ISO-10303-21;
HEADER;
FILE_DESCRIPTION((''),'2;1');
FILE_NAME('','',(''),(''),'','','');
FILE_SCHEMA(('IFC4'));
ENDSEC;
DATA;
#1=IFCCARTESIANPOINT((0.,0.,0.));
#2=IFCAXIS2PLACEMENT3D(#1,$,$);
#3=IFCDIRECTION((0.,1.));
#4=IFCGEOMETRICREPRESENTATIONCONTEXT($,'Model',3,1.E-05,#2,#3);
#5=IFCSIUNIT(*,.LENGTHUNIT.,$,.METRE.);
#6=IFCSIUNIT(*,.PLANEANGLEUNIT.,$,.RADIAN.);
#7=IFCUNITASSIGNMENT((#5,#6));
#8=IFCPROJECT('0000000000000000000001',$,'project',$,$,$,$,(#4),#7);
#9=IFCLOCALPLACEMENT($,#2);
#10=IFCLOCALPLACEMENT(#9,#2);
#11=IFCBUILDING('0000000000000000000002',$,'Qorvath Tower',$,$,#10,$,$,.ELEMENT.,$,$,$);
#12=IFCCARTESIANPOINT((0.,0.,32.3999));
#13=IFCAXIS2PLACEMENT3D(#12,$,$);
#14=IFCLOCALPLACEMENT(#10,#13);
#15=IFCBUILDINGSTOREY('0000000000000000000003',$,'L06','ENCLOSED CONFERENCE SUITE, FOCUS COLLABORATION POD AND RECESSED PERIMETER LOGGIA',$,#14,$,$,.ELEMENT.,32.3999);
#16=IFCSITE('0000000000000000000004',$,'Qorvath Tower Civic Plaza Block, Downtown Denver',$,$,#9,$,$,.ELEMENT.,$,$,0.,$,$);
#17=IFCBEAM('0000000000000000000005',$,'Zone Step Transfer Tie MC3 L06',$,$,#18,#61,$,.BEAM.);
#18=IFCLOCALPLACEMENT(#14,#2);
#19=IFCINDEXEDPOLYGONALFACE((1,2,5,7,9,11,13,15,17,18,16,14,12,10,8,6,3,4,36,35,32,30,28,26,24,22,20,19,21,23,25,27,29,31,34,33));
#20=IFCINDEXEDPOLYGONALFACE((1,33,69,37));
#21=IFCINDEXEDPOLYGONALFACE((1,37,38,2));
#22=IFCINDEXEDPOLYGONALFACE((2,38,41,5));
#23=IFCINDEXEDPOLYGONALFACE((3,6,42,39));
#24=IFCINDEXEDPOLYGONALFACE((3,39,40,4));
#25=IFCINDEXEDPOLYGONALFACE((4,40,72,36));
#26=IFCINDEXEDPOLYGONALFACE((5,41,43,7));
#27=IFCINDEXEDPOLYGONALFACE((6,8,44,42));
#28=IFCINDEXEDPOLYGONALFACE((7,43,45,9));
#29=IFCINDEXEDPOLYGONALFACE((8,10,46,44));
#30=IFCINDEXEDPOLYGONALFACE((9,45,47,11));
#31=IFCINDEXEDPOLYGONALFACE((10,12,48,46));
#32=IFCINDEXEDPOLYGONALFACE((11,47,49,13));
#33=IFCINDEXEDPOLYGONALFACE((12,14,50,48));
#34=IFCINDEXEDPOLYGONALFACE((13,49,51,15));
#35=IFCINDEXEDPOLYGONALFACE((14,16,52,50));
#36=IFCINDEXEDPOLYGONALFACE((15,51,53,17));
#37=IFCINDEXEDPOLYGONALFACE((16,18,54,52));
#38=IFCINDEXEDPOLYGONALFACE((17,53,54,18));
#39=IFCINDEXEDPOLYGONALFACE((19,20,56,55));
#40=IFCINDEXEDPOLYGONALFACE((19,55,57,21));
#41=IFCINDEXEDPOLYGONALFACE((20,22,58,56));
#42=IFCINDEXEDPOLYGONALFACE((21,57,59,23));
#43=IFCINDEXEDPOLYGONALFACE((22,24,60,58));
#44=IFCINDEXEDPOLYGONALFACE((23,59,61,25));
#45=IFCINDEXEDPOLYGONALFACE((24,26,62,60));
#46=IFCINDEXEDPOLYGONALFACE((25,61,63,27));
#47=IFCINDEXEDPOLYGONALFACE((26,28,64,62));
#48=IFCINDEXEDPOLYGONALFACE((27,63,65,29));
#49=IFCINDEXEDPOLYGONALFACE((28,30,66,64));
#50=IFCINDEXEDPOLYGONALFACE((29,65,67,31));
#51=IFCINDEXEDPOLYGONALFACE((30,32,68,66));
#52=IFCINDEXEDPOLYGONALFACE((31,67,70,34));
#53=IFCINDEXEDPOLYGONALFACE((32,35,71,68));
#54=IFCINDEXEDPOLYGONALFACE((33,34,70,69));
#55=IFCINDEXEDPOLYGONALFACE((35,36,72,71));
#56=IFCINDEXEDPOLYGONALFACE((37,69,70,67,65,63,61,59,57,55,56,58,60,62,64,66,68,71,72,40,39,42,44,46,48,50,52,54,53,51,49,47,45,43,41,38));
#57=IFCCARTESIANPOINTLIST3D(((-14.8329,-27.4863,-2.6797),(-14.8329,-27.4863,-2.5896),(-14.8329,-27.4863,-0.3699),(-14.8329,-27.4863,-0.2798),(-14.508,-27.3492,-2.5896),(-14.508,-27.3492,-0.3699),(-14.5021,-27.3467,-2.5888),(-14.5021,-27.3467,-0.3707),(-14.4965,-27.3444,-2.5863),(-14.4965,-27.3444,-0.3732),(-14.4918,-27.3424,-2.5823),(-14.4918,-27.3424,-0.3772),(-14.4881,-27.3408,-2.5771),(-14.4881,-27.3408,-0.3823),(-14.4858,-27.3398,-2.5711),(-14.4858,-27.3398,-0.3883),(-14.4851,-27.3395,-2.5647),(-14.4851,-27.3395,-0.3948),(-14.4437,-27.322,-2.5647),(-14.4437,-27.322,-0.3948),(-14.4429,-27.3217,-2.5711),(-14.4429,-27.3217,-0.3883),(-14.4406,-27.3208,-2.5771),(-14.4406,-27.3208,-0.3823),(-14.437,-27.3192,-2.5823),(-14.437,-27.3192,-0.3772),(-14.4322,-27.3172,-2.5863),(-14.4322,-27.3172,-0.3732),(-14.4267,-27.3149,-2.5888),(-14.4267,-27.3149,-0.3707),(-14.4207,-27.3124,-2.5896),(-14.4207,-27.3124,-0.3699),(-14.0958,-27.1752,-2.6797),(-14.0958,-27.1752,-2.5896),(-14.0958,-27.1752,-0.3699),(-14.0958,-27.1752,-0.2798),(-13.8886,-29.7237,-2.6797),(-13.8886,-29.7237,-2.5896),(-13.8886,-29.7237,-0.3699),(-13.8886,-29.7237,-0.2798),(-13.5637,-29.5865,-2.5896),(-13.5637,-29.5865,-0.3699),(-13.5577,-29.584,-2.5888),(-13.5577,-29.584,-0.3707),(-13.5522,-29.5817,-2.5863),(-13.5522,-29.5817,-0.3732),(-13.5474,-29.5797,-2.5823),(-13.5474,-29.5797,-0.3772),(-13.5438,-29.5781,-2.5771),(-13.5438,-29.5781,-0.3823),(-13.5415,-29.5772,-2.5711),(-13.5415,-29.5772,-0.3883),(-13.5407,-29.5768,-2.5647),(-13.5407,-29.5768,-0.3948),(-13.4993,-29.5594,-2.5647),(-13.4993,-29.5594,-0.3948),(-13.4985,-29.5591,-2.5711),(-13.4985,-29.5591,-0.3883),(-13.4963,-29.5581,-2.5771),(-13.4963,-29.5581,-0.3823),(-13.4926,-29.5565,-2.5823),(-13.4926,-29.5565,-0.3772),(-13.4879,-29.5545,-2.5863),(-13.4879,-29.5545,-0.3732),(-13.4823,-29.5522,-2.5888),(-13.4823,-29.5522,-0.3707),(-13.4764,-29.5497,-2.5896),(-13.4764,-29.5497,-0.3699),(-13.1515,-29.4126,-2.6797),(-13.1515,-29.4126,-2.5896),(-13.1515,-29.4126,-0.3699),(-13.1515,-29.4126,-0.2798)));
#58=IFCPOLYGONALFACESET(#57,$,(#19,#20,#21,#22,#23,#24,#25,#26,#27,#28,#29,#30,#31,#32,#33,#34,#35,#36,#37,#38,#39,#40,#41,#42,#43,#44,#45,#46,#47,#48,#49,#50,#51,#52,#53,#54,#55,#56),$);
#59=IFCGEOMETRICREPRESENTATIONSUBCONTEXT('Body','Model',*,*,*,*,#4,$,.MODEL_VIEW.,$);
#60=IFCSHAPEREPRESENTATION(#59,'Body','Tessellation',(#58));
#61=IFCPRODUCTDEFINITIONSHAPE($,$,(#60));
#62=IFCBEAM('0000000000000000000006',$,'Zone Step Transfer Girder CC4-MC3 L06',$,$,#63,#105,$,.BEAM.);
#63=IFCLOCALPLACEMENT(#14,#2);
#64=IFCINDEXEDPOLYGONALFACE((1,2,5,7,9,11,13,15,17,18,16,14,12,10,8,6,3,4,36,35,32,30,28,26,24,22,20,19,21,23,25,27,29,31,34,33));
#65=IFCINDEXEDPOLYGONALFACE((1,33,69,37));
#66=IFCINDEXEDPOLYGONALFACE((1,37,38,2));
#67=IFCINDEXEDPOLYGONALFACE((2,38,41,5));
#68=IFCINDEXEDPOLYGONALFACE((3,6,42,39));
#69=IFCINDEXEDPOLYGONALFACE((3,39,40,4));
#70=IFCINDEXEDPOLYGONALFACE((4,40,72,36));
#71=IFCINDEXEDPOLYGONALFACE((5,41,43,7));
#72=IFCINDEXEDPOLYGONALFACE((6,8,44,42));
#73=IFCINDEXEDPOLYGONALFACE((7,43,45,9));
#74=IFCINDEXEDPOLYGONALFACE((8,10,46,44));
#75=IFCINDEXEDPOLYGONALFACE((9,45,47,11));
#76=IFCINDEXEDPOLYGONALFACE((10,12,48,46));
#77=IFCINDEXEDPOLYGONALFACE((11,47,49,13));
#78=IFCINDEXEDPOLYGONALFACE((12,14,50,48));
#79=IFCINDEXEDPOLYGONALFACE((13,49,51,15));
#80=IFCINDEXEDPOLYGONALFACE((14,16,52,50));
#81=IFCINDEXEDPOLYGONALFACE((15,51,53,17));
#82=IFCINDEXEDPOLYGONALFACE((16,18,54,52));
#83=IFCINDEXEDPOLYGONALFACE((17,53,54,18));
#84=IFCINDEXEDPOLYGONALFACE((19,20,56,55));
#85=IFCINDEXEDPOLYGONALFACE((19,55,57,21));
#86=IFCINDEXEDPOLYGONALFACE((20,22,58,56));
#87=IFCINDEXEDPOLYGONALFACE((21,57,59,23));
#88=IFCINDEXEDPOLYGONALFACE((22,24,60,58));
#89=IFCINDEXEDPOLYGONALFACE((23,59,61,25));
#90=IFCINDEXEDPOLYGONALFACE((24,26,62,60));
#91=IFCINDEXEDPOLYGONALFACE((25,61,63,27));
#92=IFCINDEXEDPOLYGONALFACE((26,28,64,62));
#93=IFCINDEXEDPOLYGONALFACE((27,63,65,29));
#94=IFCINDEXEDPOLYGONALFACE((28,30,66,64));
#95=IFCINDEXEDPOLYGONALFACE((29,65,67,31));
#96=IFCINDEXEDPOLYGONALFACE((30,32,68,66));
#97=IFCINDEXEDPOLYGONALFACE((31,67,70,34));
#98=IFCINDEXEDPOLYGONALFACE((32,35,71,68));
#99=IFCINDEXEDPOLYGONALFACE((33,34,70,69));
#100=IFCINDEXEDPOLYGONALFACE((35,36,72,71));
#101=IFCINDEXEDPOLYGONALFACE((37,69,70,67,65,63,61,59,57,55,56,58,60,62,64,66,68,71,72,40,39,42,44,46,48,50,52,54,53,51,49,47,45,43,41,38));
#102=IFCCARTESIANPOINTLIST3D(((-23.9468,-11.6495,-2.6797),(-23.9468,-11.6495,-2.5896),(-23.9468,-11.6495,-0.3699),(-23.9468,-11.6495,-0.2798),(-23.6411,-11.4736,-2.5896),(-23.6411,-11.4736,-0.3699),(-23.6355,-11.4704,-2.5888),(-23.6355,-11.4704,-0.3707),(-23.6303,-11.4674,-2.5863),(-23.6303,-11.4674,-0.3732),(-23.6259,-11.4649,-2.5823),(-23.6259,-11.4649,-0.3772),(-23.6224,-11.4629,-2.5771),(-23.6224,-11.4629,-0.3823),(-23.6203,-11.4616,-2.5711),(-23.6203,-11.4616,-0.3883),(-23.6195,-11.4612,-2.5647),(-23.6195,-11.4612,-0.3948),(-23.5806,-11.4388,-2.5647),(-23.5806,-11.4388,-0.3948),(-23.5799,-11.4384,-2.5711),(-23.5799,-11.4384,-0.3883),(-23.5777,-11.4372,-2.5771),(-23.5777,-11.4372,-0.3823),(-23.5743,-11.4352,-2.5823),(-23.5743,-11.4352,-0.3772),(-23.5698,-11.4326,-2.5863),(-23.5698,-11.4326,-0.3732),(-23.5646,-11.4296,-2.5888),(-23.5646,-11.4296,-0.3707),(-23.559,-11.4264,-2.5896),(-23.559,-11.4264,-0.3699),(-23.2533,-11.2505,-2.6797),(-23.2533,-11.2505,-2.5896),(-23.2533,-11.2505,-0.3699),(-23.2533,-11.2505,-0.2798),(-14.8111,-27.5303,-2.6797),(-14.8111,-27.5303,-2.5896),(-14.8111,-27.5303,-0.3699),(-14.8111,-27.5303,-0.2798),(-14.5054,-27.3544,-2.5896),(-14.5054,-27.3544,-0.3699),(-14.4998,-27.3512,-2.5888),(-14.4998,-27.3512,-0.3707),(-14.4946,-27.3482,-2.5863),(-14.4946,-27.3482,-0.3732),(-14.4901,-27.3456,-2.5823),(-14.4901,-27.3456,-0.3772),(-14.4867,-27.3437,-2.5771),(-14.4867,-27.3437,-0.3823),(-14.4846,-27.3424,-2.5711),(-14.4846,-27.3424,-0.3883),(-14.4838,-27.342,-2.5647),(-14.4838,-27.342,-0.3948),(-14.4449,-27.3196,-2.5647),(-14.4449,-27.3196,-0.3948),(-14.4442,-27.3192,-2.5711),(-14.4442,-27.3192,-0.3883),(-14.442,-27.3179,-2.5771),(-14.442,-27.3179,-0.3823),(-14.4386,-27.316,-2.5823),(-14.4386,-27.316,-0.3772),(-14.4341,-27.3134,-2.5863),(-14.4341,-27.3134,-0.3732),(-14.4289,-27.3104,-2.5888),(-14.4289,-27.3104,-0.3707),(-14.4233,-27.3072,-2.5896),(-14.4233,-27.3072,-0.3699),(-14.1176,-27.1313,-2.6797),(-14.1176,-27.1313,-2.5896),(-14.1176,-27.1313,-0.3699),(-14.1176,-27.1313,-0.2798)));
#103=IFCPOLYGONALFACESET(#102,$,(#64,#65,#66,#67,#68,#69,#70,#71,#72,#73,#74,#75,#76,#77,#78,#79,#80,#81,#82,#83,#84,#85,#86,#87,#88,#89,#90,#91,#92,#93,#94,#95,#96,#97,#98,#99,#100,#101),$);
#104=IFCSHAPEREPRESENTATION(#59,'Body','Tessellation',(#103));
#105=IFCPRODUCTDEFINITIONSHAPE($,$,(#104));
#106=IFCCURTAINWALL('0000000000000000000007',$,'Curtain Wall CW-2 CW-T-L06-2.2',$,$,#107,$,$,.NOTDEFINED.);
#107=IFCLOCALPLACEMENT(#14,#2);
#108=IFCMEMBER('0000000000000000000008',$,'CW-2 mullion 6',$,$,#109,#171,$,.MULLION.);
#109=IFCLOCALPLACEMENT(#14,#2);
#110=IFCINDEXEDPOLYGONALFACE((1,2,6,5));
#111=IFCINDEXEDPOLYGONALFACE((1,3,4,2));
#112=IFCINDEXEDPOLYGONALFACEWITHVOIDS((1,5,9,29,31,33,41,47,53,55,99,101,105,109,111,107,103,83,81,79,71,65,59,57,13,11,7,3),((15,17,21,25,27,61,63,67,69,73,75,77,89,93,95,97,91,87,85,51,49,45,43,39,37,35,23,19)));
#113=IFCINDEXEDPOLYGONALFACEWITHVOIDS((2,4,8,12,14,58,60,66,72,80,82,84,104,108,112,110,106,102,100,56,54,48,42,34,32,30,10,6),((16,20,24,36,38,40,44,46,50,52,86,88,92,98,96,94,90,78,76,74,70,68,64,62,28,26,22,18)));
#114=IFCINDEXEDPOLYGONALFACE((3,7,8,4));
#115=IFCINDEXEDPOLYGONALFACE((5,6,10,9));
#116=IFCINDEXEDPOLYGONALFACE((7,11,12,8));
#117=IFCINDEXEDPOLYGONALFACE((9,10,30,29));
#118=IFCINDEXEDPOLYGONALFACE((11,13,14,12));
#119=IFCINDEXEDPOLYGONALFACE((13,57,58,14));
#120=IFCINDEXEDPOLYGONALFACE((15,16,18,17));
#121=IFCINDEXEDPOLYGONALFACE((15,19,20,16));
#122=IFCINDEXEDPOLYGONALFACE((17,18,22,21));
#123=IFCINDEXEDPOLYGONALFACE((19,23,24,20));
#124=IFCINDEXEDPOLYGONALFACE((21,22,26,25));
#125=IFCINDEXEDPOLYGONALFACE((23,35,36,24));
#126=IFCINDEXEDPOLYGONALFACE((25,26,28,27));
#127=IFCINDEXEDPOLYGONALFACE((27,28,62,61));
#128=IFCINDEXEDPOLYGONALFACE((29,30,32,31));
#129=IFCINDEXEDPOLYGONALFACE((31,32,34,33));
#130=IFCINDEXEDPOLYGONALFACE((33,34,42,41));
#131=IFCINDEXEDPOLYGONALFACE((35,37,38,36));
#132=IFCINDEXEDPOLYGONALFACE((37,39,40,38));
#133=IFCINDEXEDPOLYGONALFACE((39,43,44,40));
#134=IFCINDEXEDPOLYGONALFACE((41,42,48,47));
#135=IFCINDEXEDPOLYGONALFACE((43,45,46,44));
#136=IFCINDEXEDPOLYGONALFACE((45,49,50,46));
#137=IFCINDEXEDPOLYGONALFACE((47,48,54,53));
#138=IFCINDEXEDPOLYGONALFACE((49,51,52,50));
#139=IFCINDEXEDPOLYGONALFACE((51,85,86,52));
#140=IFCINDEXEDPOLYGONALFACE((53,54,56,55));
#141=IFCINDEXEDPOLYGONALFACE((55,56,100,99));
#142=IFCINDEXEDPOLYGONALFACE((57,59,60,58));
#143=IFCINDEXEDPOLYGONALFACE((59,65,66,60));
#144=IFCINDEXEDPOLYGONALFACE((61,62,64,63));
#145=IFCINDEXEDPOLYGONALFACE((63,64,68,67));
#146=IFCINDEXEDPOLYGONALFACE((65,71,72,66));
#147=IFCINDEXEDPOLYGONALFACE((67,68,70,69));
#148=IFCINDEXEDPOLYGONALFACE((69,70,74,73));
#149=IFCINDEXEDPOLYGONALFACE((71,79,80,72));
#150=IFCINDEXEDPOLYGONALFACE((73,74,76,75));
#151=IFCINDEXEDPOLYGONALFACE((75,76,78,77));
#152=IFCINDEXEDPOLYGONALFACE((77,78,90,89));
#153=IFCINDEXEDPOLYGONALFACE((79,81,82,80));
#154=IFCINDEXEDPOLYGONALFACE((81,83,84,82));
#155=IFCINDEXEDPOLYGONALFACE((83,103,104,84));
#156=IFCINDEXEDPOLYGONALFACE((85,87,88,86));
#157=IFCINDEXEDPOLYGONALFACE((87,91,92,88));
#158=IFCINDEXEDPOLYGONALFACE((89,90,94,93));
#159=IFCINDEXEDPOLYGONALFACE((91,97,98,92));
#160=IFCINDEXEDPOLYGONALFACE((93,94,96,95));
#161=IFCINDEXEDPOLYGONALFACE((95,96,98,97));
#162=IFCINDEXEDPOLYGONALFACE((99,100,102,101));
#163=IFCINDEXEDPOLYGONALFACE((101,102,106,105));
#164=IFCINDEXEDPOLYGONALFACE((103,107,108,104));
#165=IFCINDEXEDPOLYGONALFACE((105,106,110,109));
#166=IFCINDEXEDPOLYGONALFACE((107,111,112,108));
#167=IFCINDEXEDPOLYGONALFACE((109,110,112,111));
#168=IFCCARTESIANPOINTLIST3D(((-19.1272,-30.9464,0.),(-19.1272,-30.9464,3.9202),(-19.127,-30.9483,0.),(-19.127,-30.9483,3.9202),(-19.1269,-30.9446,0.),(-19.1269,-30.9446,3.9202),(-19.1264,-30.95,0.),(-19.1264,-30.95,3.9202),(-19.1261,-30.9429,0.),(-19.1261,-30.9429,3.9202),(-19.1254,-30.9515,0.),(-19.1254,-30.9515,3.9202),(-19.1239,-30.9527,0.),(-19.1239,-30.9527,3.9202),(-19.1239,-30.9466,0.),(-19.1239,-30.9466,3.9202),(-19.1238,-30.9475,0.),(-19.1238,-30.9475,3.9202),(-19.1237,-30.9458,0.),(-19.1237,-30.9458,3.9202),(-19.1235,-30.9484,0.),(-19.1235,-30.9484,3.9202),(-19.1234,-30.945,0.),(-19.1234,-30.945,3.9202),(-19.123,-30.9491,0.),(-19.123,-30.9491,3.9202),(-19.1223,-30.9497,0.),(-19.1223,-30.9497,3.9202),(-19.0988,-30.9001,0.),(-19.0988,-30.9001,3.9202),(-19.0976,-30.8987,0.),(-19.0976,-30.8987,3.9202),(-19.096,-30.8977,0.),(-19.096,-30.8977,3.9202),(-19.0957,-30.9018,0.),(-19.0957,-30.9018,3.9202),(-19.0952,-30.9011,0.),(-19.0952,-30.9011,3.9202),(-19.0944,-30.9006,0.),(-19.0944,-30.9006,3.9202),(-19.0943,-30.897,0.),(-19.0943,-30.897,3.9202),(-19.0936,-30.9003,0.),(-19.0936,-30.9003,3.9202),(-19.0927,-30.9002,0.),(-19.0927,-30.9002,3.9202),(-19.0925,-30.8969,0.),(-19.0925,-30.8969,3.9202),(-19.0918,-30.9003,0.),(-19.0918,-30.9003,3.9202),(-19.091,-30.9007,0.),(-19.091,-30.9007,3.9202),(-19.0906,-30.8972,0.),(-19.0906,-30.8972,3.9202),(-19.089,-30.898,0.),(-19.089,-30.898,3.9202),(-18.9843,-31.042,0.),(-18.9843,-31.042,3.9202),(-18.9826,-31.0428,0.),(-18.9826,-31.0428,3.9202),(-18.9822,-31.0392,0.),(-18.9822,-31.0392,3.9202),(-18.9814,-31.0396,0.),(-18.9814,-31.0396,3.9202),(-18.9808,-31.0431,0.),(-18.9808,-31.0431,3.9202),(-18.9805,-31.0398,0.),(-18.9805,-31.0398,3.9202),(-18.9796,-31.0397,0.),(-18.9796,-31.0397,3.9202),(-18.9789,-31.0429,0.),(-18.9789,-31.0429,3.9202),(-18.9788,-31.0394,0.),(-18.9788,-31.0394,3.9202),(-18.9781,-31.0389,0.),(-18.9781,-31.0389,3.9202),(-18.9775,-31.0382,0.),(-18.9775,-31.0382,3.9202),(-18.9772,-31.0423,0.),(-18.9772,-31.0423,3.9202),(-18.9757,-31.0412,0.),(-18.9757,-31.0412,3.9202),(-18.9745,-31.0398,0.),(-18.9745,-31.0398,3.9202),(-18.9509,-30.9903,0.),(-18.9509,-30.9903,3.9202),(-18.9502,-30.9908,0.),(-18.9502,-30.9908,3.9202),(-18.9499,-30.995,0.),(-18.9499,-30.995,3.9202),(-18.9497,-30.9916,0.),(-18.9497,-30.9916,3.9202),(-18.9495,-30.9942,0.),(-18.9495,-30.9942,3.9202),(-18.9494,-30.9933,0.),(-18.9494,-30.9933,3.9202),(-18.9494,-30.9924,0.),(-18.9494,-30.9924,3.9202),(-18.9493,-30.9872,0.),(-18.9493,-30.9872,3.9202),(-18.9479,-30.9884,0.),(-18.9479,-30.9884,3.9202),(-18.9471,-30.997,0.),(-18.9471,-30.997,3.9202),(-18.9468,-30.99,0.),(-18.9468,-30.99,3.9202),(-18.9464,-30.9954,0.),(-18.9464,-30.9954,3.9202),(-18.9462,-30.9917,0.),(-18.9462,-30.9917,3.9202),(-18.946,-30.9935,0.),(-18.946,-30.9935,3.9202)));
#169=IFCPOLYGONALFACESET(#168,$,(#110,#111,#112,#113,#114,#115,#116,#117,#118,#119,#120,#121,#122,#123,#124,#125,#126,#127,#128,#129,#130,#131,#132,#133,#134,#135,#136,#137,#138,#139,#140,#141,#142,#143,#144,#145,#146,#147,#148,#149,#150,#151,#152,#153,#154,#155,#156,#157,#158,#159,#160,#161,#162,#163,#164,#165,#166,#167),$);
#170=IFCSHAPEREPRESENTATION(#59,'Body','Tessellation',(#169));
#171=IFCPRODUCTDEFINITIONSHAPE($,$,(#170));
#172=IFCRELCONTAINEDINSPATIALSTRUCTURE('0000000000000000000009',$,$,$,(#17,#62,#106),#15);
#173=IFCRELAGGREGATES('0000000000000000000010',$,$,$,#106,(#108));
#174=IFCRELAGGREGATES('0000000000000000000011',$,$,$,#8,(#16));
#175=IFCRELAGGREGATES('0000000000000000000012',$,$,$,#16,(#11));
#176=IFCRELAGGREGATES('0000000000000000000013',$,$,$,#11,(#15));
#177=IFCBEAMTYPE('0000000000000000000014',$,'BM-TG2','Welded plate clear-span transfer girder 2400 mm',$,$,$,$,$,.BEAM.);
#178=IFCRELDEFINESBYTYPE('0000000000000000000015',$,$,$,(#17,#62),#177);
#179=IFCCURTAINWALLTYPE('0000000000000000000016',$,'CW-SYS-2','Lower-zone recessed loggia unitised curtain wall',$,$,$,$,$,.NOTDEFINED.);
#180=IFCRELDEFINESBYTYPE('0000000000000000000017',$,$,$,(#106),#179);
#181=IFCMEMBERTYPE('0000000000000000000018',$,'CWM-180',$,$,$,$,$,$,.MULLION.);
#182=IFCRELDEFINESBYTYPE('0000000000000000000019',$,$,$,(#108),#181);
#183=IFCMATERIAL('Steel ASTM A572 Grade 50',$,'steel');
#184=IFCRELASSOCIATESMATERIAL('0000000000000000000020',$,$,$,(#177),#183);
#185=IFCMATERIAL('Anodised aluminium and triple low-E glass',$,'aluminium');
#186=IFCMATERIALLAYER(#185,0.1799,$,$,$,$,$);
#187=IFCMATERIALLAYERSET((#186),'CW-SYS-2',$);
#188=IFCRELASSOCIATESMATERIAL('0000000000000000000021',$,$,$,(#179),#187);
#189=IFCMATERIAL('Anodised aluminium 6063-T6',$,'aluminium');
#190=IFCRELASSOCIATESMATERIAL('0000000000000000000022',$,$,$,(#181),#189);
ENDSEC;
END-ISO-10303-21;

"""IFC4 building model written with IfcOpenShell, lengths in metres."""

from ifc_helpers import new_model, si_unit, direction, frame, origin, origin_2d, place, context, subcontext, project, spatial, hollow_rectangle, i_section, extrude, material, layer, layer_set, material_profile, profile_set, type_object, element, aggregate, save


model = new_model("IFC4")

# Units and contexts
model_context = context("Model", 3, precision=1e-05, world=origin(), true_north=direction((0.0, 1.0)))
body_context = subcontext(model_context, "Body", "Model", "MODEL_VIEW")
ifc_project = project(units=[si_unit("LENGTHUNIT", "METRE"), si_unit("PLANEANGLEUNIT", "RADIAN")], contexts=[model_context])

# Site, building, storey
site_placement = place(None, origin())
site = spatial("IfcSite", under=ifc_project, at=site_placement, Name="Qorvath Tower Civic Plaza Block, Downtown Denver", CompositionType="ELEMENT", RefElevation=0.0)
building_placement = place(site_placement, origin())
building = spatial("IfcBuilding", under=site, at=building_placement, Name="Qorvath Tower", CompositionType="ELEMENT")
storey_placement = place(building_placement, frame((0.0, 0.0, 32.3999)))
storey = spatial("IfcBuildingStorey", under=building, at=storey_placement, Name="L06", Description="ENCLOSED CONFERENCE SUITE, FOCUS COLLABORATION POD AND RECESSED PERIMETER LOGGIA", CompositionType="ELEMENT", Elevation=32.3999)

# Beams
ifc_material_1 = material(Name="Steel ASTM A572 Grade 50", Category="steel")
ifc_material_profile_1 = material_profile(ifc_material_1, i_section(OverallWidth=0.8, OverallDepth=2.3999, WebThickness=0.0449, FlangeThickness=0.0901, FilletRadius=0.0249, at=origin_2d()), Name="WTG 2400x800")
ifc_profile_set_1 = profile_set([ifc_material_profile_1], Name="Steel ASTM A572 Grade 50")
beam_type_1 = type_object("IfcBeamType", Name="BM-TG2", Description="Welded plate clear-span transfer girder 2400 mm", PredefinedType="BEAM", material=ifc_profile_set_1)
beam_1_placement = place(storey_placement, frame((-13.52, -29.5681, -1.4797), z_axis=(-0.388866, 0.921294, 0.0), x_axis=(-0.921294, -0.388866, 0.0)))
element("IfcBeam", 1, at=beam_1_placement, inside=storey, type_object=beam_type_1, Name="Zone Step Transfer Tie MC3 L06", PredefinedType="BEAM", context=body_context, shape_type="SweptSolid", body=[
    extrude(i_section(OverallWidth=0.8, OverallDepth=2.3999, WebThickness=0.0449, FlangeThickness=0.0901, FilletRadius=0.0249, at=origin_2d()), origin(), (0.0, 0.0, 1.0), 2.4285),
])
beam_2_placement = place(storey_placement, frame((-14.4644, -27.3308, -1.4797), z_axis=(-0.498645, 0.866806, 0.0), x_axis=(-0.866806, -0.498645, 0.0)))
element("IfcBeam", 2, at=beam_2_placement, inside=storey, type_object=beam_type_1, Name="Zone Step Transfer Girder CC4-MC3 L06", PredefinedType="BEAM", context=body_context, shape_type="SweptSolid", body=[
    extrude(i_section(OverallWidth=0.8, OverallDepth=2.3999, WebThickness=0.0449, FlangeThickness=0.0901, FilletRadius=0.0249, at=origin_2d()), origin(), (0.0, 0.0, 1.0), 18.321),
])

# Curtain wall, member
ifc_material_2 = material(Name="Anodised aluminium and triple low-E glass", Category="aluminium")
ifc_layer_1 = layer(ifc_material_2, 0.1799)
ifc_layer_set_1 = layer_set([ifc_layer_1], Name="CW-SYS-2")
curtain_wall_type = type_object("IfcCurtainWallType", Name="CW-SYS-2", Description="Lower-zone recessed loggia unitised curtain wall", PredefinedType="NOTDEFINED", material=ifc_layer_set_1)
curtain_wall_1_placement = place(storey_placement, origin())
curtain_wall_1 = element("IfcCurtainWall", 3, at=curtain_wall_1_placement, inside=storey, type_object=curtain_wall_type, Name="Curtain Wall CW-2 CW-T-L06-2.2", PredefinedType="NOTDEFINED")
ifc_material_3 = material(Name="Anodised aluminium 6063-T6", Category="aluminium")
ifc_material_profile_2 = material_profile(ifc_material_3, hollow_rectangle(XDim=0.0649, YDim=0.1799, WallThickness=0.0034, InnerFilletRadius=0.0034, OuterFilletRadius=0.0071, at=origin_2d()), Name="CWM 180x65")
ifc_profile_set_2 = profile_set([ifc_material_profile_2], Name="Anodised aluminium 6063-T6")
member_type_1 = type_object("IfcMemberType", Name="CWM-180", PredefinedType="MULLION", material=ifc_profile_set_2)
member_1_placement = place(storey_placement, frame((-19.0366, -30.97, 0.0), z_axis=(0.0, 0.0, 1.0), x_axis=(0.538533, 0.842605, 0.0)))
member_1 = element("IfcMember", 4, at=member_1_placement, type_object=member_type_1, Name="CW-2 mullion 6", PredefinedType="MULLION", context=body_context, shape_type="SweptSolid", body=[
    extrude(hollow_rectangle(XDim=0.0649, YDim=0.1799, WallThickness=0.0034, InnerFilletRadius=0.0034, OuterFilletRadius=0.0071, at=origin_2d()), origin(), (0.0, 0.0, 1.0), 3.9202),
])

aggregate(curtain_wall_1, [member_1])

save(model, "model.ifc")
